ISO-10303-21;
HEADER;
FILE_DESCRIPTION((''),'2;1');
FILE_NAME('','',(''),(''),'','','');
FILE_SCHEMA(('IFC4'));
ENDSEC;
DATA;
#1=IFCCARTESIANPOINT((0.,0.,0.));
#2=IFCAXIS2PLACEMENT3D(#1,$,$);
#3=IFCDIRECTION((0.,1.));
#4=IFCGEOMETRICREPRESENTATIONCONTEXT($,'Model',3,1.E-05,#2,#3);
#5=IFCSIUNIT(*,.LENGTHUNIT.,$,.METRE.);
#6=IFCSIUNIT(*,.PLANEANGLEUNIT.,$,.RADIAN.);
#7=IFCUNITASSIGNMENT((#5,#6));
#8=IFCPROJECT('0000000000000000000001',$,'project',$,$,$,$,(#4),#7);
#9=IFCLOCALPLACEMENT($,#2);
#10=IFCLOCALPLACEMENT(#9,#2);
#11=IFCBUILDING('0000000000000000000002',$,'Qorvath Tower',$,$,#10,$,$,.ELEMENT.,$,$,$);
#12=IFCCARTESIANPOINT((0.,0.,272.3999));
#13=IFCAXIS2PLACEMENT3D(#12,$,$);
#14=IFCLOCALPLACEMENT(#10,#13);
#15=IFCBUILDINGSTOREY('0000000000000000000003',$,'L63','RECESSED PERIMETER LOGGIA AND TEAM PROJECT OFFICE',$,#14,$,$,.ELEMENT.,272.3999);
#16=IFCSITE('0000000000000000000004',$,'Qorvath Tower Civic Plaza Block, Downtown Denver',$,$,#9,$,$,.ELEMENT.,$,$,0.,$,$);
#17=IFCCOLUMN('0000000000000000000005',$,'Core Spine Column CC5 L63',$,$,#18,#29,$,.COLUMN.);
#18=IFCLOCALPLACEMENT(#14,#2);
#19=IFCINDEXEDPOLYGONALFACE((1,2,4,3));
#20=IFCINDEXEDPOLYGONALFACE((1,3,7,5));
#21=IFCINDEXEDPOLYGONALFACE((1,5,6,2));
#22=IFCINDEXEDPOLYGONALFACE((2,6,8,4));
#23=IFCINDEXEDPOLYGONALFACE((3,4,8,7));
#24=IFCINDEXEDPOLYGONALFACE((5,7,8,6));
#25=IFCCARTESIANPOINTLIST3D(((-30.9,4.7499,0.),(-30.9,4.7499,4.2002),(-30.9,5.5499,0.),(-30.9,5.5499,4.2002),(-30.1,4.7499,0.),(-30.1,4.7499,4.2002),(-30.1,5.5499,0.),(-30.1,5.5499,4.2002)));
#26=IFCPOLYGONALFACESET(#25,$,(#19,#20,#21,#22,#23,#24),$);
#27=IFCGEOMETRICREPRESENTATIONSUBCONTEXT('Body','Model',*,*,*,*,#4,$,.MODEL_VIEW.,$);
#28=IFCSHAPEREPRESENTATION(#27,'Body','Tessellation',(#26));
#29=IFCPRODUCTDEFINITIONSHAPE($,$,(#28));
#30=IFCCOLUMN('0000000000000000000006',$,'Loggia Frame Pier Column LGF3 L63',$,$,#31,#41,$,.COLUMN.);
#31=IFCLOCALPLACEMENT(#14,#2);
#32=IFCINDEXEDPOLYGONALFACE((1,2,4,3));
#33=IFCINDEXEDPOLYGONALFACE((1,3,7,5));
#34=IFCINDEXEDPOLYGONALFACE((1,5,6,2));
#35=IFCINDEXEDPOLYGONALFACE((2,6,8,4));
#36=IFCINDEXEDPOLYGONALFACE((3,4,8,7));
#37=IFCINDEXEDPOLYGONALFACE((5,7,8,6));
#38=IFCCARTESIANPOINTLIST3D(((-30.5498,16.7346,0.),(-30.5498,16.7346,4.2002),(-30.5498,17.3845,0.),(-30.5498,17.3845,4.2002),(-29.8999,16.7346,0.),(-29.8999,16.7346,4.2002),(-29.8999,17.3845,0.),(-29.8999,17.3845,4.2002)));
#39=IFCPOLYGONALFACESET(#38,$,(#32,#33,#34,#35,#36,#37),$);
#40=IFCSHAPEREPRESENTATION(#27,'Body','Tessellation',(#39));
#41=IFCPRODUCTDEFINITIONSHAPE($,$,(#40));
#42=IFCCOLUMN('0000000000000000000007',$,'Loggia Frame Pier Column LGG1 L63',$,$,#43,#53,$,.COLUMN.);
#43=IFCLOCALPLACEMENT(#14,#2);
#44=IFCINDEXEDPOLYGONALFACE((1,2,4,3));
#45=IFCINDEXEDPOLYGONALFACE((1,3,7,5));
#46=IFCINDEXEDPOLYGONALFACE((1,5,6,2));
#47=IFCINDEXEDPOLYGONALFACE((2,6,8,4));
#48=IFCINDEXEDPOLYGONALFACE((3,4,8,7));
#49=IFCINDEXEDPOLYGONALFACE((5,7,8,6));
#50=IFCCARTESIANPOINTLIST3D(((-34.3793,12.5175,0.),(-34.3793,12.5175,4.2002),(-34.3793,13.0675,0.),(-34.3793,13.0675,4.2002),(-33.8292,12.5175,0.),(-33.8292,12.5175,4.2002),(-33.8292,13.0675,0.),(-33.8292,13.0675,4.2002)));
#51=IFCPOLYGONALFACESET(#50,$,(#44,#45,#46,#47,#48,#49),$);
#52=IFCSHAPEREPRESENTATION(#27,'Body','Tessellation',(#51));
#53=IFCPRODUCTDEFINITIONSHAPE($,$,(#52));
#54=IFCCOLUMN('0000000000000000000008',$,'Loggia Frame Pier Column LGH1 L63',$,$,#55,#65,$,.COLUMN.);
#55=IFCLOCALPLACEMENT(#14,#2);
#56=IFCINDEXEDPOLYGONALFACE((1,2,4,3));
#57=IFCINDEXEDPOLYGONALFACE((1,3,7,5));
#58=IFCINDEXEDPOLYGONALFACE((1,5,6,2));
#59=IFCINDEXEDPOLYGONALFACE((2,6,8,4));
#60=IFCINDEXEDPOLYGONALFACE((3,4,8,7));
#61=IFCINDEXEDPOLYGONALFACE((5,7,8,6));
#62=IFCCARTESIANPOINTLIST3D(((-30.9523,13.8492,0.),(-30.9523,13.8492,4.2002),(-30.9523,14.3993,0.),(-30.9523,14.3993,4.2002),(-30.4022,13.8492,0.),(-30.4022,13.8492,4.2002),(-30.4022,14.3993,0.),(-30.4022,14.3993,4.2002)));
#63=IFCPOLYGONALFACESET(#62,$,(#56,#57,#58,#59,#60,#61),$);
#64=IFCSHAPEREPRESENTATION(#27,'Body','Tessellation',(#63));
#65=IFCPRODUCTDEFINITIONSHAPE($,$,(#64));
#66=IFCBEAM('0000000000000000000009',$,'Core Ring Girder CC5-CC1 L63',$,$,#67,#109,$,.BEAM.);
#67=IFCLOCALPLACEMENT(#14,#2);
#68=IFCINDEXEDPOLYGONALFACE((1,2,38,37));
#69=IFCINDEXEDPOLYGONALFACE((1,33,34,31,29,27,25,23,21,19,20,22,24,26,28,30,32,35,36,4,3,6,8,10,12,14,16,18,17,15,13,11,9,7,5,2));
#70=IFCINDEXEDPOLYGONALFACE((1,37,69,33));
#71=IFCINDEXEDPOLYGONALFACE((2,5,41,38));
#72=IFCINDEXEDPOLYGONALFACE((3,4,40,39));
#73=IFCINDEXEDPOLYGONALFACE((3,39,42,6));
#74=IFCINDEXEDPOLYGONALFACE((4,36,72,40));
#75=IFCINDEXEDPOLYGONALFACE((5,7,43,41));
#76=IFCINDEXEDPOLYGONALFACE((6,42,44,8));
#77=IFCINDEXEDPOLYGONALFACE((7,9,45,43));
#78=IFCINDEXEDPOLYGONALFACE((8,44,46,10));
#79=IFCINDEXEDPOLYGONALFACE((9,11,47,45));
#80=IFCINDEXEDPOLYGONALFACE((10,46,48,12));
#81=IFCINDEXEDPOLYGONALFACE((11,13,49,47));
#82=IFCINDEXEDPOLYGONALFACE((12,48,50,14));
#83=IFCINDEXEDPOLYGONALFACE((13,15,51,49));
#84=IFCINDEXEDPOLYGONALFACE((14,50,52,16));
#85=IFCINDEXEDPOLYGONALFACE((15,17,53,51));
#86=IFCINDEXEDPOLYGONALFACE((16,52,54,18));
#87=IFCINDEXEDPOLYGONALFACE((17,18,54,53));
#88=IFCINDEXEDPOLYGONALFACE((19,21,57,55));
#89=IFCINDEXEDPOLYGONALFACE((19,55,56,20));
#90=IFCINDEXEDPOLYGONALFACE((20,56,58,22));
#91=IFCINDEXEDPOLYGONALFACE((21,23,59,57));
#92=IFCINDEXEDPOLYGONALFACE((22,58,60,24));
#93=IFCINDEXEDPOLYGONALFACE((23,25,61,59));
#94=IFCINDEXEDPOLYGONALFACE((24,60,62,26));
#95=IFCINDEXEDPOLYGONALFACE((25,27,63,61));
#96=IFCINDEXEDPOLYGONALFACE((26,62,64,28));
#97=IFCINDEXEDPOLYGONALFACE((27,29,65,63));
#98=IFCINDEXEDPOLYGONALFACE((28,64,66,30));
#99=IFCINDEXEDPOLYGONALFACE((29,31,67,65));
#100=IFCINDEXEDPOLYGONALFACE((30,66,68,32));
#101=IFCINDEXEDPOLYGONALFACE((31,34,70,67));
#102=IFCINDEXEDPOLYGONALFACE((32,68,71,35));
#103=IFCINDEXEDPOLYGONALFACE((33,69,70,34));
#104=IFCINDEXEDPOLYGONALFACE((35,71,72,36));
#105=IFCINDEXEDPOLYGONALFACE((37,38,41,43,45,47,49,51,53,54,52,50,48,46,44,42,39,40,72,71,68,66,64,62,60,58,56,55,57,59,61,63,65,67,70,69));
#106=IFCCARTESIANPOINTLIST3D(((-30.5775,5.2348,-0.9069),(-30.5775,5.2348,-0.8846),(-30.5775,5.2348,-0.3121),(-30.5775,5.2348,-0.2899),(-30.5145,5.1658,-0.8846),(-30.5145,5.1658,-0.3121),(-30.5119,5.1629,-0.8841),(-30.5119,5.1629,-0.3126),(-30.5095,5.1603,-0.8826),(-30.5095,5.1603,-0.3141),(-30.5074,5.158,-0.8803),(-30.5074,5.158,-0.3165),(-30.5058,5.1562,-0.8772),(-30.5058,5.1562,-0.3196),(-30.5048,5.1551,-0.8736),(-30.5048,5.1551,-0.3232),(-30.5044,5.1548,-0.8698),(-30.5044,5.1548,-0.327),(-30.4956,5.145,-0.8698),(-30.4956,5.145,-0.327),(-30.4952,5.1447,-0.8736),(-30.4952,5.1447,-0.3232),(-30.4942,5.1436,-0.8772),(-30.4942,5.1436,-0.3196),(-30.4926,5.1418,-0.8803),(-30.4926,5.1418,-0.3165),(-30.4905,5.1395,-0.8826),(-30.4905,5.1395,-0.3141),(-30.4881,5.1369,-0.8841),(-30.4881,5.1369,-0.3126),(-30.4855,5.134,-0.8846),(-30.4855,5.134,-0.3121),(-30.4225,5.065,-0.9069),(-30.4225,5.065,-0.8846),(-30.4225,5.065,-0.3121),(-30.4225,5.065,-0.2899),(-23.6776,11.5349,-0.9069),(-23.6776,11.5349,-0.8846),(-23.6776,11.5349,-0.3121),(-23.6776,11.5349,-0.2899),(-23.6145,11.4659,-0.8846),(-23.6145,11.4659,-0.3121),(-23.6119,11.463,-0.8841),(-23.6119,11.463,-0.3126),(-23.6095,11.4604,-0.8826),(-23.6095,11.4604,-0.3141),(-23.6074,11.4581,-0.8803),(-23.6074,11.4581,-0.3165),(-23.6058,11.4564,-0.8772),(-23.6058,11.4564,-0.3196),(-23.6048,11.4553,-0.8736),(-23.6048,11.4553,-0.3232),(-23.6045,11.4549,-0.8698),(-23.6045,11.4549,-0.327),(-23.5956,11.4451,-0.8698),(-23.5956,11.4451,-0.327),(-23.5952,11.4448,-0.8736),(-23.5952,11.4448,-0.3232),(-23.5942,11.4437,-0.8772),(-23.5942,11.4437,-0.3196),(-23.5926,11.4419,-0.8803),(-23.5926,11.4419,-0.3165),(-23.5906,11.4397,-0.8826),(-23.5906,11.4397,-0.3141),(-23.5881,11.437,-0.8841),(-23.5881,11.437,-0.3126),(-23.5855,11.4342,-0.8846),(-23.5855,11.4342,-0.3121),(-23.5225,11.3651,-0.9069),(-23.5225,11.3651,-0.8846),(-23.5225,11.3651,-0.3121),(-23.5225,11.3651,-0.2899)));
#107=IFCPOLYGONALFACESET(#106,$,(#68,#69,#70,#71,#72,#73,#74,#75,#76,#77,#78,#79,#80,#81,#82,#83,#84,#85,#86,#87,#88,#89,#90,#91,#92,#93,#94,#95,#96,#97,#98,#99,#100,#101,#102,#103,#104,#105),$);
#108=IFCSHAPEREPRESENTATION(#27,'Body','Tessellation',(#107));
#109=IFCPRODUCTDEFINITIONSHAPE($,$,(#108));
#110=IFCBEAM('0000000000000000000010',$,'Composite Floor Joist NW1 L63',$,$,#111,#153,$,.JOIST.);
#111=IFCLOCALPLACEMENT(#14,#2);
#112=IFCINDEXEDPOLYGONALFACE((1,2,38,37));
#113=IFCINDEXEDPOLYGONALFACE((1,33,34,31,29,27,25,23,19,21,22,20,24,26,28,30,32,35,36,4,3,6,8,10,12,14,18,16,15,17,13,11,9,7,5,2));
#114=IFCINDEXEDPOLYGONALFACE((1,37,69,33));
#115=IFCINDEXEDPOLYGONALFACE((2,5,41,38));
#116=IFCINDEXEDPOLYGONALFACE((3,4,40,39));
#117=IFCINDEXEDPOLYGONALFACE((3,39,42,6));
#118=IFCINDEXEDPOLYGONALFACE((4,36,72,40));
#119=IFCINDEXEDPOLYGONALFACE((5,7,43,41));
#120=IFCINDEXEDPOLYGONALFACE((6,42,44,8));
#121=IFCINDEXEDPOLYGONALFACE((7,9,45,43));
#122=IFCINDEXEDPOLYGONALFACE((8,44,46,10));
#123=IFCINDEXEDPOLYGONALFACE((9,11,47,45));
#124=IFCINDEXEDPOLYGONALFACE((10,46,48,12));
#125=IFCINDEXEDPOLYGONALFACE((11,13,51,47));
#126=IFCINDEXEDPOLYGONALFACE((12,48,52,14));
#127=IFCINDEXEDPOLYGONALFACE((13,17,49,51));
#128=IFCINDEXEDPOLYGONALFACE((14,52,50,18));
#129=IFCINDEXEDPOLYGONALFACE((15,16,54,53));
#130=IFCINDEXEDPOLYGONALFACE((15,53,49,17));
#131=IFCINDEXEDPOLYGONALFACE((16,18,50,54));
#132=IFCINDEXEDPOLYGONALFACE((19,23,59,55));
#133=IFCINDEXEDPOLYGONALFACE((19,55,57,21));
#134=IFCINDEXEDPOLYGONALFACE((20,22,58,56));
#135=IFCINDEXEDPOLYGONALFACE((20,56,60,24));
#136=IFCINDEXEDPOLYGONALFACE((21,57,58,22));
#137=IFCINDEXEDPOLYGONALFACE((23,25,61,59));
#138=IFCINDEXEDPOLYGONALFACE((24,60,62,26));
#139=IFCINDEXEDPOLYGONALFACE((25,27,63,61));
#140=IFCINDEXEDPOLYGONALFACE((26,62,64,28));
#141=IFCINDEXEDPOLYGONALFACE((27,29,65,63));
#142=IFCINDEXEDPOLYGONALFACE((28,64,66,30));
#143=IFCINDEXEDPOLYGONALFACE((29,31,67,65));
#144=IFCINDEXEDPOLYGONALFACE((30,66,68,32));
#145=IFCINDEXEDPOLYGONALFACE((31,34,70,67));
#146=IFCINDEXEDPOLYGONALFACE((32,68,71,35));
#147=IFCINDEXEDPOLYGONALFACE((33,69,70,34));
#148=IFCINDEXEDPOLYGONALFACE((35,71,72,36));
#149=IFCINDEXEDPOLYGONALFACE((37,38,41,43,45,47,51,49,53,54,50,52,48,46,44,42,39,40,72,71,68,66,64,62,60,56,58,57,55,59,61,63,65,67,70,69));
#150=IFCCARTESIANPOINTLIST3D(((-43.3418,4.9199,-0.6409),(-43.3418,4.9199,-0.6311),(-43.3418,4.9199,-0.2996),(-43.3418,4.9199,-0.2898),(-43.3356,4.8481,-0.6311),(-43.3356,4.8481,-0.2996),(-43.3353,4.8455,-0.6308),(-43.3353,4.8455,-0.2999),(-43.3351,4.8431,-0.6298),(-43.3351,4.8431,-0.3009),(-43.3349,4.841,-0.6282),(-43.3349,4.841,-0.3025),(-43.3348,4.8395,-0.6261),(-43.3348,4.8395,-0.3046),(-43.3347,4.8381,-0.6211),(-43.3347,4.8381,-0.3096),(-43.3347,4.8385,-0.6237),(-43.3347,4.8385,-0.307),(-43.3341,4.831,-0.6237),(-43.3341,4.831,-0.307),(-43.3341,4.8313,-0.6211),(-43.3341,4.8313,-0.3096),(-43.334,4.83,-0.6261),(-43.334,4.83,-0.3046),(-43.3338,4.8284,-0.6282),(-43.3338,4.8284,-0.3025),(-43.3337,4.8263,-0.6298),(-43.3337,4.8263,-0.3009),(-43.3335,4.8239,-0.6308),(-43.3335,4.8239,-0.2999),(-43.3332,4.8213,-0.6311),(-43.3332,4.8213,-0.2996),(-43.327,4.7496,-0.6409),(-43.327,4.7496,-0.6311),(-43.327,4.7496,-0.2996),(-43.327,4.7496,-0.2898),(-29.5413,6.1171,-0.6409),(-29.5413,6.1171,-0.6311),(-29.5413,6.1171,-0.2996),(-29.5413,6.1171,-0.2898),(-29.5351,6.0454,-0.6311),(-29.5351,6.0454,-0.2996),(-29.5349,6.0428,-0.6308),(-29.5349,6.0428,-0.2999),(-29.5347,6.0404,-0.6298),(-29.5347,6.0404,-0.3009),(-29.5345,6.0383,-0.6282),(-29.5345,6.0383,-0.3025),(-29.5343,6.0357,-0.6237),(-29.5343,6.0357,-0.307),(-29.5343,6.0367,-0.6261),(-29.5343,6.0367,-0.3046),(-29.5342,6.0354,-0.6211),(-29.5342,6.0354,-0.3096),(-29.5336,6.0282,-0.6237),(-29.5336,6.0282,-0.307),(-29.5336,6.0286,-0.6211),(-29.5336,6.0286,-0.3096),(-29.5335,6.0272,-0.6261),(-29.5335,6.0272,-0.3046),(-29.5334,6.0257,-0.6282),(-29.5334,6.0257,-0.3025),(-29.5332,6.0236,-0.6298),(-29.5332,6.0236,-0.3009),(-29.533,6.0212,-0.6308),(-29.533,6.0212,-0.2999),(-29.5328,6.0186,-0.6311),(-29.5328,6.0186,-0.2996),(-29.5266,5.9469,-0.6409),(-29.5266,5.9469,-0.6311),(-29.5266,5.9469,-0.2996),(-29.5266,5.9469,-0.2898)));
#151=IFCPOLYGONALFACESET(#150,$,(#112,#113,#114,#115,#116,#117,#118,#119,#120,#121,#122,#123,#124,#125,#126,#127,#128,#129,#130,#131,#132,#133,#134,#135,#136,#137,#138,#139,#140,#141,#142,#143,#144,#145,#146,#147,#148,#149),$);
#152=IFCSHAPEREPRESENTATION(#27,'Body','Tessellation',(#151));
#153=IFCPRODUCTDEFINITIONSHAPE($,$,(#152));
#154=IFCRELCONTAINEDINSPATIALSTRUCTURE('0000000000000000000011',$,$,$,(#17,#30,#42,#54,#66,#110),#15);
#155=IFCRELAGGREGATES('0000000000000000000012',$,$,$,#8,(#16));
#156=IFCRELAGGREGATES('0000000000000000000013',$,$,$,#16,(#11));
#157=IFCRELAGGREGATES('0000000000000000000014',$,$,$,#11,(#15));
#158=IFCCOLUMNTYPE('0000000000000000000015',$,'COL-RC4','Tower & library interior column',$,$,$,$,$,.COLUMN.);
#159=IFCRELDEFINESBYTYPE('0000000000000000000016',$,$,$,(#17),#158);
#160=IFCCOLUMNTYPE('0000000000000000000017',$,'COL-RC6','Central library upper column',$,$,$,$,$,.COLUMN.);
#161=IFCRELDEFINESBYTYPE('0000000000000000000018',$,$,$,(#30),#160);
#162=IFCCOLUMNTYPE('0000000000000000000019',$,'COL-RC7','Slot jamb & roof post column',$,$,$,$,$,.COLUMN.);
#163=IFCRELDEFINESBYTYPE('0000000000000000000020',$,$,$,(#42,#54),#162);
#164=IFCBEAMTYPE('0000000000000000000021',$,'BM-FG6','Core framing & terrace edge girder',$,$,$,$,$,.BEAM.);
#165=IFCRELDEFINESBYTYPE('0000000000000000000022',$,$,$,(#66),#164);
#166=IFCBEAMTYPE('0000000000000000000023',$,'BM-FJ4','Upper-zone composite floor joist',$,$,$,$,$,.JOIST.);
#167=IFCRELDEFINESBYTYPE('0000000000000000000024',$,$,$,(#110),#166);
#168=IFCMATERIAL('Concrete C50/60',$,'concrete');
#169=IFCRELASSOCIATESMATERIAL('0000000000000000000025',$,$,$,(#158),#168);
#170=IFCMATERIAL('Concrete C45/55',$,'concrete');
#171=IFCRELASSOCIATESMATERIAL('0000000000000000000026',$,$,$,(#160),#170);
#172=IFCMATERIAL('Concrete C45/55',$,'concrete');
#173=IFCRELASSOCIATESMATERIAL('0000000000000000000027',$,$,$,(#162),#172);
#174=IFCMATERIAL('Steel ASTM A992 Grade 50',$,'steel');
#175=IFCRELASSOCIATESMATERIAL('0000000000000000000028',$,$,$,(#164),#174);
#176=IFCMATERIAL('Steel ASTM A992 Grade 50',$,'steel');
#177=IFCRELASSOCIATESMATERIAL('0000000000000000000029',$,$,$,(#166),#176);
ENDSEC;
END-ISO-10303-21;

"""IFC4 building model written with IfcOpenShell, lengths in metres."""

from ifc_helpers import new_model, si_unit, direction, frame, origin, origin_2d, place, context, subcontext, project, spatial, rectangle, i_section, extrude, material, material_profile, profile_set, type_object, element, save


model = new_model("IFC4")

# Units and contexts
model_context = context("Model", 3, precision=1e-05, world=origin(), true_north=direction((0.0, 1.0)))
body_context = subcontext(model_context, "Body", "Model", "MODEL_VIEW")
ifc_project = project(units=[si_unit("LENGTHUNIT", "METRE"), si_unit("PLANEANGLEUNIT", "RADIAN")], contexts=[model_context])

# Site, building, storey
site_placement = place(None, origin())
site = spatial("IfcSite", under=ifc_project, at=site_placement, Name="Qorvath Tower Civic Plaza Block, Downtown Denver", CompositionType="ELEMENT", RefElevation=0.0)
building_placement = place(site_placement, origin())
building = spatial("IfcBuilding", under=site, at=building_placement, Name="Qorvath Tower", CompositionType="ELEMENT")
storey_placement = place(building_placement, frame((0.0, 0.0, 272.3999)))
storey = spatial("IfcBuildingStorey", under=building, at=storey_placement, Name="L63", Description="RECESSED PERIMETER LOGGIA AND TEAM PROJECT OFFICE", CompositionType="ELEMENT", Elevation=272.3999)

# Columns
ifc_material_1 = material(Name="Concrete C50/60", Category="concrete")
ifc_material_profile_1 = material_profile(ifc_material_1, rectangle(XDim=0.8, YDim=0.8, at=origin_2d()), Name="RC 800x800")
ifc_profile_set_1 = profile_set([ifc_material_profile_1], Name="Concrete C50/60")
column_type_1 = type_object("IfcColumnType", Name="COL-RC4", Description="Tower & library interior column", PredefinedType="COLUMN", material=ifc_profile_set_1)
column_1_placement = place(storey_placement, frame((-30.5, 5.1499, 0.0), z_axis=(0.0, 0.0, 1.0), x_axis=(1.0, 0.0, 0.0)))
element("IfcColumn", 1, at=column_1_placement, inside=storey, type_object=column_type_1, Name="Core Spine Column CC5 L63", PredefinedType="COLUMN", context=body_context, shape_type="SweptSolid", body=[
    extrude(rectangle(XDim=0.8, YDim=0.8, at=origin_2d()), origin(), (0.0, 0.0, 1.0), 4.2002),
])
ifc_material_2 = material(Name="Concrete C45/55", Category="concrete")
ifc_material_profile_2 = material_profile(ifc_material_2, rectangle(XDim=0.6499, YDim=0.6499, at=origin_2d()), Name="RC 650x650")
ifc_profile_set_2 = profile_set([ifc_material_profile_2], Name="Concrete C45/55")
column_type_2 = type_object("IfcColumnType", Name="COL-RC6", Description="Central library upper column", PredefinedType="COLUMN", material=ifc_profile_set_2)
column_2_placement = place(storey_placement, frame((-30.2249, 17.0596, 0.0), z_axis=(0.0, 0.0, 1.0), x_axis=(1.0, 0.0, 0.0)))
element("IfcColumn", 2, at=column_2_placement, inside=storey, type_object=column_type_2, Name="Loggia Frame Pier Column LGF3 L63", PredefinedType="COLUMN", context=body_context, shape_type="SweptSolid", body=[
    extrude(rectangle(XDim=0.6499, YDim=0.6499, at=origin_2d()), origin(), (0.0, 0.0, 1.0), 4.2002),
])
ifc_material_3 = material(Name="Concrete C45/55", Category="concrete")
ifc_material_profile_3 = material_profile(ifc_material_3, rectangle(XDim=0.55, YDim=0.55, at=origin_2d()), Name="RC 550x550")
ifc_profile_set_3 = profile_set([ifc_material_profile_3], Name="Concrete C45/55")
column_type_3 = type_object("IfcColumnType", Name="COL-RC7", Description="Slot jamb & roof post column", PredefinedType="COLUMN", material=ifc_profile_set_3)
for number, where, z_axis, x_axis, name in (
    (3, (-34.1042, 12.7925, 0.0), (0.0, 0.0, 1.0), (1.0, 0.0, 0.0), "Loggia Frame Pier Column LGG1 L63"),
    (4, (-30.6772, 14.1243, 0.0), (0.0, 0.0, 1.0), (1.0, 0.0, 0.0), "Loggia Frame Pier Column LGH1 L63"),
):
    element("IfcColumn", number, at=place(storey_placement, frame(where, z_axis=z_axis, x_axis=x_axis)), inside=storey, type_object=column_type_3, Name=name, PredefinedType="COLUMN", context=body_context, shape_type="SweptSolid", body=[
        extrude(rectangle(XDim=0.55, YDim=0.55, at=origin_2d()), origin(), (0.0, 0.0, 1.0), 4.2002),
    ])

# Beams
ifc_material_4 = material(Name="Steel ASTM A992 Grade 50", Category="steel")
ifc_material_profile_4 = material_profile(ifc_material_4, i_section(OverallWidth=0.23, OverallDepth=0.6169, WebThickness=0.0132, FlangeThickness=0.0222, FilletRadius=0.0149, at=origin_2d()), Name="W24x94")
ifc_profile_set_4 = profile_set([ifc_material_profile_4], Name="Steel ASTM A992 Grade 50")
beam_type_1 = type_object("IfcBeamType", Name="BM-FG6", Description="Core framing & terrace edge girder", PredefinedType="BEAM", material=ifc_profile_set_4)
beam_1_placement = place(storey_placement, frame((-30.5, 5.1499, -0.5984), z_axis=(0.738478, 0.674277, 0.0), x_axis=(-0.674277, 0.738478, 0.0)))
element("IfcBeam", 5, at=beam_1_placement, inside=storey, type_object=beam_type_1, Name="Core Ring Girder CC5-CC1 L63", PredefinedType="BEAM", context=body_context, shape_type="SweptSolid", body=[
    extrude(i_section(OverallWidth=0.23, OverallDepth=0.6169, WebThickness=0.0132, FlangeThickness=0.0222, FilletRadius=0.0149, at=origin_2d()), origin(), (0.0, 0.0, 1.0), 9.3435),
])
ifc_material_5 = material(Name="Steel ASTM A992 Grade 50", Category="steel")
ifc_material_profile_5 = material_profile(ifc_material_5, i_section(OverallWidth=0.1709, OverallDepth=0.3511, WebThickness=0.0068, FlangeThickness=0.0098, FilletRadius=0.01, at=origin_2d()), Name="W14x30")
ifc_profile_set_5 = profile_set([ifc_material_profile_5], Name="Steel ASTM A992 Grade 50")
beam_type_2 = type_object("IfcBeamType", Name="BM-FJ4", Description="Upper-zone composite floor joist", PredefinedType="JOIST", material=ifc_profile_set_5)
beam_2_placement = place(storey_placement, frame((-29.5339, 6.032, -0.4653), z_axis=(-0.996258, -0.08643, 0.0), x_axis=(0.08643, -0.996258, 0.0)))
element("IfcBeam", 6, at=beam_2_placement, inside=storey, type_object=beam_type_2, Name="Composite Floor Joist NW1 L63", PredefinedType="JOIST", context=body_context, shape_type="SweptSolid", body=[
    extrude(i_section(OverallWidth=0.1709, OverallDepth=0.3511, WebThickness=0.0068, FlangeThickness=0.0098, FilletRadius=0.01, at=origin_2d()), origin(), (0.0, 0.0, 1.0), 13.8523),
])

save(model, "model.ifc")
